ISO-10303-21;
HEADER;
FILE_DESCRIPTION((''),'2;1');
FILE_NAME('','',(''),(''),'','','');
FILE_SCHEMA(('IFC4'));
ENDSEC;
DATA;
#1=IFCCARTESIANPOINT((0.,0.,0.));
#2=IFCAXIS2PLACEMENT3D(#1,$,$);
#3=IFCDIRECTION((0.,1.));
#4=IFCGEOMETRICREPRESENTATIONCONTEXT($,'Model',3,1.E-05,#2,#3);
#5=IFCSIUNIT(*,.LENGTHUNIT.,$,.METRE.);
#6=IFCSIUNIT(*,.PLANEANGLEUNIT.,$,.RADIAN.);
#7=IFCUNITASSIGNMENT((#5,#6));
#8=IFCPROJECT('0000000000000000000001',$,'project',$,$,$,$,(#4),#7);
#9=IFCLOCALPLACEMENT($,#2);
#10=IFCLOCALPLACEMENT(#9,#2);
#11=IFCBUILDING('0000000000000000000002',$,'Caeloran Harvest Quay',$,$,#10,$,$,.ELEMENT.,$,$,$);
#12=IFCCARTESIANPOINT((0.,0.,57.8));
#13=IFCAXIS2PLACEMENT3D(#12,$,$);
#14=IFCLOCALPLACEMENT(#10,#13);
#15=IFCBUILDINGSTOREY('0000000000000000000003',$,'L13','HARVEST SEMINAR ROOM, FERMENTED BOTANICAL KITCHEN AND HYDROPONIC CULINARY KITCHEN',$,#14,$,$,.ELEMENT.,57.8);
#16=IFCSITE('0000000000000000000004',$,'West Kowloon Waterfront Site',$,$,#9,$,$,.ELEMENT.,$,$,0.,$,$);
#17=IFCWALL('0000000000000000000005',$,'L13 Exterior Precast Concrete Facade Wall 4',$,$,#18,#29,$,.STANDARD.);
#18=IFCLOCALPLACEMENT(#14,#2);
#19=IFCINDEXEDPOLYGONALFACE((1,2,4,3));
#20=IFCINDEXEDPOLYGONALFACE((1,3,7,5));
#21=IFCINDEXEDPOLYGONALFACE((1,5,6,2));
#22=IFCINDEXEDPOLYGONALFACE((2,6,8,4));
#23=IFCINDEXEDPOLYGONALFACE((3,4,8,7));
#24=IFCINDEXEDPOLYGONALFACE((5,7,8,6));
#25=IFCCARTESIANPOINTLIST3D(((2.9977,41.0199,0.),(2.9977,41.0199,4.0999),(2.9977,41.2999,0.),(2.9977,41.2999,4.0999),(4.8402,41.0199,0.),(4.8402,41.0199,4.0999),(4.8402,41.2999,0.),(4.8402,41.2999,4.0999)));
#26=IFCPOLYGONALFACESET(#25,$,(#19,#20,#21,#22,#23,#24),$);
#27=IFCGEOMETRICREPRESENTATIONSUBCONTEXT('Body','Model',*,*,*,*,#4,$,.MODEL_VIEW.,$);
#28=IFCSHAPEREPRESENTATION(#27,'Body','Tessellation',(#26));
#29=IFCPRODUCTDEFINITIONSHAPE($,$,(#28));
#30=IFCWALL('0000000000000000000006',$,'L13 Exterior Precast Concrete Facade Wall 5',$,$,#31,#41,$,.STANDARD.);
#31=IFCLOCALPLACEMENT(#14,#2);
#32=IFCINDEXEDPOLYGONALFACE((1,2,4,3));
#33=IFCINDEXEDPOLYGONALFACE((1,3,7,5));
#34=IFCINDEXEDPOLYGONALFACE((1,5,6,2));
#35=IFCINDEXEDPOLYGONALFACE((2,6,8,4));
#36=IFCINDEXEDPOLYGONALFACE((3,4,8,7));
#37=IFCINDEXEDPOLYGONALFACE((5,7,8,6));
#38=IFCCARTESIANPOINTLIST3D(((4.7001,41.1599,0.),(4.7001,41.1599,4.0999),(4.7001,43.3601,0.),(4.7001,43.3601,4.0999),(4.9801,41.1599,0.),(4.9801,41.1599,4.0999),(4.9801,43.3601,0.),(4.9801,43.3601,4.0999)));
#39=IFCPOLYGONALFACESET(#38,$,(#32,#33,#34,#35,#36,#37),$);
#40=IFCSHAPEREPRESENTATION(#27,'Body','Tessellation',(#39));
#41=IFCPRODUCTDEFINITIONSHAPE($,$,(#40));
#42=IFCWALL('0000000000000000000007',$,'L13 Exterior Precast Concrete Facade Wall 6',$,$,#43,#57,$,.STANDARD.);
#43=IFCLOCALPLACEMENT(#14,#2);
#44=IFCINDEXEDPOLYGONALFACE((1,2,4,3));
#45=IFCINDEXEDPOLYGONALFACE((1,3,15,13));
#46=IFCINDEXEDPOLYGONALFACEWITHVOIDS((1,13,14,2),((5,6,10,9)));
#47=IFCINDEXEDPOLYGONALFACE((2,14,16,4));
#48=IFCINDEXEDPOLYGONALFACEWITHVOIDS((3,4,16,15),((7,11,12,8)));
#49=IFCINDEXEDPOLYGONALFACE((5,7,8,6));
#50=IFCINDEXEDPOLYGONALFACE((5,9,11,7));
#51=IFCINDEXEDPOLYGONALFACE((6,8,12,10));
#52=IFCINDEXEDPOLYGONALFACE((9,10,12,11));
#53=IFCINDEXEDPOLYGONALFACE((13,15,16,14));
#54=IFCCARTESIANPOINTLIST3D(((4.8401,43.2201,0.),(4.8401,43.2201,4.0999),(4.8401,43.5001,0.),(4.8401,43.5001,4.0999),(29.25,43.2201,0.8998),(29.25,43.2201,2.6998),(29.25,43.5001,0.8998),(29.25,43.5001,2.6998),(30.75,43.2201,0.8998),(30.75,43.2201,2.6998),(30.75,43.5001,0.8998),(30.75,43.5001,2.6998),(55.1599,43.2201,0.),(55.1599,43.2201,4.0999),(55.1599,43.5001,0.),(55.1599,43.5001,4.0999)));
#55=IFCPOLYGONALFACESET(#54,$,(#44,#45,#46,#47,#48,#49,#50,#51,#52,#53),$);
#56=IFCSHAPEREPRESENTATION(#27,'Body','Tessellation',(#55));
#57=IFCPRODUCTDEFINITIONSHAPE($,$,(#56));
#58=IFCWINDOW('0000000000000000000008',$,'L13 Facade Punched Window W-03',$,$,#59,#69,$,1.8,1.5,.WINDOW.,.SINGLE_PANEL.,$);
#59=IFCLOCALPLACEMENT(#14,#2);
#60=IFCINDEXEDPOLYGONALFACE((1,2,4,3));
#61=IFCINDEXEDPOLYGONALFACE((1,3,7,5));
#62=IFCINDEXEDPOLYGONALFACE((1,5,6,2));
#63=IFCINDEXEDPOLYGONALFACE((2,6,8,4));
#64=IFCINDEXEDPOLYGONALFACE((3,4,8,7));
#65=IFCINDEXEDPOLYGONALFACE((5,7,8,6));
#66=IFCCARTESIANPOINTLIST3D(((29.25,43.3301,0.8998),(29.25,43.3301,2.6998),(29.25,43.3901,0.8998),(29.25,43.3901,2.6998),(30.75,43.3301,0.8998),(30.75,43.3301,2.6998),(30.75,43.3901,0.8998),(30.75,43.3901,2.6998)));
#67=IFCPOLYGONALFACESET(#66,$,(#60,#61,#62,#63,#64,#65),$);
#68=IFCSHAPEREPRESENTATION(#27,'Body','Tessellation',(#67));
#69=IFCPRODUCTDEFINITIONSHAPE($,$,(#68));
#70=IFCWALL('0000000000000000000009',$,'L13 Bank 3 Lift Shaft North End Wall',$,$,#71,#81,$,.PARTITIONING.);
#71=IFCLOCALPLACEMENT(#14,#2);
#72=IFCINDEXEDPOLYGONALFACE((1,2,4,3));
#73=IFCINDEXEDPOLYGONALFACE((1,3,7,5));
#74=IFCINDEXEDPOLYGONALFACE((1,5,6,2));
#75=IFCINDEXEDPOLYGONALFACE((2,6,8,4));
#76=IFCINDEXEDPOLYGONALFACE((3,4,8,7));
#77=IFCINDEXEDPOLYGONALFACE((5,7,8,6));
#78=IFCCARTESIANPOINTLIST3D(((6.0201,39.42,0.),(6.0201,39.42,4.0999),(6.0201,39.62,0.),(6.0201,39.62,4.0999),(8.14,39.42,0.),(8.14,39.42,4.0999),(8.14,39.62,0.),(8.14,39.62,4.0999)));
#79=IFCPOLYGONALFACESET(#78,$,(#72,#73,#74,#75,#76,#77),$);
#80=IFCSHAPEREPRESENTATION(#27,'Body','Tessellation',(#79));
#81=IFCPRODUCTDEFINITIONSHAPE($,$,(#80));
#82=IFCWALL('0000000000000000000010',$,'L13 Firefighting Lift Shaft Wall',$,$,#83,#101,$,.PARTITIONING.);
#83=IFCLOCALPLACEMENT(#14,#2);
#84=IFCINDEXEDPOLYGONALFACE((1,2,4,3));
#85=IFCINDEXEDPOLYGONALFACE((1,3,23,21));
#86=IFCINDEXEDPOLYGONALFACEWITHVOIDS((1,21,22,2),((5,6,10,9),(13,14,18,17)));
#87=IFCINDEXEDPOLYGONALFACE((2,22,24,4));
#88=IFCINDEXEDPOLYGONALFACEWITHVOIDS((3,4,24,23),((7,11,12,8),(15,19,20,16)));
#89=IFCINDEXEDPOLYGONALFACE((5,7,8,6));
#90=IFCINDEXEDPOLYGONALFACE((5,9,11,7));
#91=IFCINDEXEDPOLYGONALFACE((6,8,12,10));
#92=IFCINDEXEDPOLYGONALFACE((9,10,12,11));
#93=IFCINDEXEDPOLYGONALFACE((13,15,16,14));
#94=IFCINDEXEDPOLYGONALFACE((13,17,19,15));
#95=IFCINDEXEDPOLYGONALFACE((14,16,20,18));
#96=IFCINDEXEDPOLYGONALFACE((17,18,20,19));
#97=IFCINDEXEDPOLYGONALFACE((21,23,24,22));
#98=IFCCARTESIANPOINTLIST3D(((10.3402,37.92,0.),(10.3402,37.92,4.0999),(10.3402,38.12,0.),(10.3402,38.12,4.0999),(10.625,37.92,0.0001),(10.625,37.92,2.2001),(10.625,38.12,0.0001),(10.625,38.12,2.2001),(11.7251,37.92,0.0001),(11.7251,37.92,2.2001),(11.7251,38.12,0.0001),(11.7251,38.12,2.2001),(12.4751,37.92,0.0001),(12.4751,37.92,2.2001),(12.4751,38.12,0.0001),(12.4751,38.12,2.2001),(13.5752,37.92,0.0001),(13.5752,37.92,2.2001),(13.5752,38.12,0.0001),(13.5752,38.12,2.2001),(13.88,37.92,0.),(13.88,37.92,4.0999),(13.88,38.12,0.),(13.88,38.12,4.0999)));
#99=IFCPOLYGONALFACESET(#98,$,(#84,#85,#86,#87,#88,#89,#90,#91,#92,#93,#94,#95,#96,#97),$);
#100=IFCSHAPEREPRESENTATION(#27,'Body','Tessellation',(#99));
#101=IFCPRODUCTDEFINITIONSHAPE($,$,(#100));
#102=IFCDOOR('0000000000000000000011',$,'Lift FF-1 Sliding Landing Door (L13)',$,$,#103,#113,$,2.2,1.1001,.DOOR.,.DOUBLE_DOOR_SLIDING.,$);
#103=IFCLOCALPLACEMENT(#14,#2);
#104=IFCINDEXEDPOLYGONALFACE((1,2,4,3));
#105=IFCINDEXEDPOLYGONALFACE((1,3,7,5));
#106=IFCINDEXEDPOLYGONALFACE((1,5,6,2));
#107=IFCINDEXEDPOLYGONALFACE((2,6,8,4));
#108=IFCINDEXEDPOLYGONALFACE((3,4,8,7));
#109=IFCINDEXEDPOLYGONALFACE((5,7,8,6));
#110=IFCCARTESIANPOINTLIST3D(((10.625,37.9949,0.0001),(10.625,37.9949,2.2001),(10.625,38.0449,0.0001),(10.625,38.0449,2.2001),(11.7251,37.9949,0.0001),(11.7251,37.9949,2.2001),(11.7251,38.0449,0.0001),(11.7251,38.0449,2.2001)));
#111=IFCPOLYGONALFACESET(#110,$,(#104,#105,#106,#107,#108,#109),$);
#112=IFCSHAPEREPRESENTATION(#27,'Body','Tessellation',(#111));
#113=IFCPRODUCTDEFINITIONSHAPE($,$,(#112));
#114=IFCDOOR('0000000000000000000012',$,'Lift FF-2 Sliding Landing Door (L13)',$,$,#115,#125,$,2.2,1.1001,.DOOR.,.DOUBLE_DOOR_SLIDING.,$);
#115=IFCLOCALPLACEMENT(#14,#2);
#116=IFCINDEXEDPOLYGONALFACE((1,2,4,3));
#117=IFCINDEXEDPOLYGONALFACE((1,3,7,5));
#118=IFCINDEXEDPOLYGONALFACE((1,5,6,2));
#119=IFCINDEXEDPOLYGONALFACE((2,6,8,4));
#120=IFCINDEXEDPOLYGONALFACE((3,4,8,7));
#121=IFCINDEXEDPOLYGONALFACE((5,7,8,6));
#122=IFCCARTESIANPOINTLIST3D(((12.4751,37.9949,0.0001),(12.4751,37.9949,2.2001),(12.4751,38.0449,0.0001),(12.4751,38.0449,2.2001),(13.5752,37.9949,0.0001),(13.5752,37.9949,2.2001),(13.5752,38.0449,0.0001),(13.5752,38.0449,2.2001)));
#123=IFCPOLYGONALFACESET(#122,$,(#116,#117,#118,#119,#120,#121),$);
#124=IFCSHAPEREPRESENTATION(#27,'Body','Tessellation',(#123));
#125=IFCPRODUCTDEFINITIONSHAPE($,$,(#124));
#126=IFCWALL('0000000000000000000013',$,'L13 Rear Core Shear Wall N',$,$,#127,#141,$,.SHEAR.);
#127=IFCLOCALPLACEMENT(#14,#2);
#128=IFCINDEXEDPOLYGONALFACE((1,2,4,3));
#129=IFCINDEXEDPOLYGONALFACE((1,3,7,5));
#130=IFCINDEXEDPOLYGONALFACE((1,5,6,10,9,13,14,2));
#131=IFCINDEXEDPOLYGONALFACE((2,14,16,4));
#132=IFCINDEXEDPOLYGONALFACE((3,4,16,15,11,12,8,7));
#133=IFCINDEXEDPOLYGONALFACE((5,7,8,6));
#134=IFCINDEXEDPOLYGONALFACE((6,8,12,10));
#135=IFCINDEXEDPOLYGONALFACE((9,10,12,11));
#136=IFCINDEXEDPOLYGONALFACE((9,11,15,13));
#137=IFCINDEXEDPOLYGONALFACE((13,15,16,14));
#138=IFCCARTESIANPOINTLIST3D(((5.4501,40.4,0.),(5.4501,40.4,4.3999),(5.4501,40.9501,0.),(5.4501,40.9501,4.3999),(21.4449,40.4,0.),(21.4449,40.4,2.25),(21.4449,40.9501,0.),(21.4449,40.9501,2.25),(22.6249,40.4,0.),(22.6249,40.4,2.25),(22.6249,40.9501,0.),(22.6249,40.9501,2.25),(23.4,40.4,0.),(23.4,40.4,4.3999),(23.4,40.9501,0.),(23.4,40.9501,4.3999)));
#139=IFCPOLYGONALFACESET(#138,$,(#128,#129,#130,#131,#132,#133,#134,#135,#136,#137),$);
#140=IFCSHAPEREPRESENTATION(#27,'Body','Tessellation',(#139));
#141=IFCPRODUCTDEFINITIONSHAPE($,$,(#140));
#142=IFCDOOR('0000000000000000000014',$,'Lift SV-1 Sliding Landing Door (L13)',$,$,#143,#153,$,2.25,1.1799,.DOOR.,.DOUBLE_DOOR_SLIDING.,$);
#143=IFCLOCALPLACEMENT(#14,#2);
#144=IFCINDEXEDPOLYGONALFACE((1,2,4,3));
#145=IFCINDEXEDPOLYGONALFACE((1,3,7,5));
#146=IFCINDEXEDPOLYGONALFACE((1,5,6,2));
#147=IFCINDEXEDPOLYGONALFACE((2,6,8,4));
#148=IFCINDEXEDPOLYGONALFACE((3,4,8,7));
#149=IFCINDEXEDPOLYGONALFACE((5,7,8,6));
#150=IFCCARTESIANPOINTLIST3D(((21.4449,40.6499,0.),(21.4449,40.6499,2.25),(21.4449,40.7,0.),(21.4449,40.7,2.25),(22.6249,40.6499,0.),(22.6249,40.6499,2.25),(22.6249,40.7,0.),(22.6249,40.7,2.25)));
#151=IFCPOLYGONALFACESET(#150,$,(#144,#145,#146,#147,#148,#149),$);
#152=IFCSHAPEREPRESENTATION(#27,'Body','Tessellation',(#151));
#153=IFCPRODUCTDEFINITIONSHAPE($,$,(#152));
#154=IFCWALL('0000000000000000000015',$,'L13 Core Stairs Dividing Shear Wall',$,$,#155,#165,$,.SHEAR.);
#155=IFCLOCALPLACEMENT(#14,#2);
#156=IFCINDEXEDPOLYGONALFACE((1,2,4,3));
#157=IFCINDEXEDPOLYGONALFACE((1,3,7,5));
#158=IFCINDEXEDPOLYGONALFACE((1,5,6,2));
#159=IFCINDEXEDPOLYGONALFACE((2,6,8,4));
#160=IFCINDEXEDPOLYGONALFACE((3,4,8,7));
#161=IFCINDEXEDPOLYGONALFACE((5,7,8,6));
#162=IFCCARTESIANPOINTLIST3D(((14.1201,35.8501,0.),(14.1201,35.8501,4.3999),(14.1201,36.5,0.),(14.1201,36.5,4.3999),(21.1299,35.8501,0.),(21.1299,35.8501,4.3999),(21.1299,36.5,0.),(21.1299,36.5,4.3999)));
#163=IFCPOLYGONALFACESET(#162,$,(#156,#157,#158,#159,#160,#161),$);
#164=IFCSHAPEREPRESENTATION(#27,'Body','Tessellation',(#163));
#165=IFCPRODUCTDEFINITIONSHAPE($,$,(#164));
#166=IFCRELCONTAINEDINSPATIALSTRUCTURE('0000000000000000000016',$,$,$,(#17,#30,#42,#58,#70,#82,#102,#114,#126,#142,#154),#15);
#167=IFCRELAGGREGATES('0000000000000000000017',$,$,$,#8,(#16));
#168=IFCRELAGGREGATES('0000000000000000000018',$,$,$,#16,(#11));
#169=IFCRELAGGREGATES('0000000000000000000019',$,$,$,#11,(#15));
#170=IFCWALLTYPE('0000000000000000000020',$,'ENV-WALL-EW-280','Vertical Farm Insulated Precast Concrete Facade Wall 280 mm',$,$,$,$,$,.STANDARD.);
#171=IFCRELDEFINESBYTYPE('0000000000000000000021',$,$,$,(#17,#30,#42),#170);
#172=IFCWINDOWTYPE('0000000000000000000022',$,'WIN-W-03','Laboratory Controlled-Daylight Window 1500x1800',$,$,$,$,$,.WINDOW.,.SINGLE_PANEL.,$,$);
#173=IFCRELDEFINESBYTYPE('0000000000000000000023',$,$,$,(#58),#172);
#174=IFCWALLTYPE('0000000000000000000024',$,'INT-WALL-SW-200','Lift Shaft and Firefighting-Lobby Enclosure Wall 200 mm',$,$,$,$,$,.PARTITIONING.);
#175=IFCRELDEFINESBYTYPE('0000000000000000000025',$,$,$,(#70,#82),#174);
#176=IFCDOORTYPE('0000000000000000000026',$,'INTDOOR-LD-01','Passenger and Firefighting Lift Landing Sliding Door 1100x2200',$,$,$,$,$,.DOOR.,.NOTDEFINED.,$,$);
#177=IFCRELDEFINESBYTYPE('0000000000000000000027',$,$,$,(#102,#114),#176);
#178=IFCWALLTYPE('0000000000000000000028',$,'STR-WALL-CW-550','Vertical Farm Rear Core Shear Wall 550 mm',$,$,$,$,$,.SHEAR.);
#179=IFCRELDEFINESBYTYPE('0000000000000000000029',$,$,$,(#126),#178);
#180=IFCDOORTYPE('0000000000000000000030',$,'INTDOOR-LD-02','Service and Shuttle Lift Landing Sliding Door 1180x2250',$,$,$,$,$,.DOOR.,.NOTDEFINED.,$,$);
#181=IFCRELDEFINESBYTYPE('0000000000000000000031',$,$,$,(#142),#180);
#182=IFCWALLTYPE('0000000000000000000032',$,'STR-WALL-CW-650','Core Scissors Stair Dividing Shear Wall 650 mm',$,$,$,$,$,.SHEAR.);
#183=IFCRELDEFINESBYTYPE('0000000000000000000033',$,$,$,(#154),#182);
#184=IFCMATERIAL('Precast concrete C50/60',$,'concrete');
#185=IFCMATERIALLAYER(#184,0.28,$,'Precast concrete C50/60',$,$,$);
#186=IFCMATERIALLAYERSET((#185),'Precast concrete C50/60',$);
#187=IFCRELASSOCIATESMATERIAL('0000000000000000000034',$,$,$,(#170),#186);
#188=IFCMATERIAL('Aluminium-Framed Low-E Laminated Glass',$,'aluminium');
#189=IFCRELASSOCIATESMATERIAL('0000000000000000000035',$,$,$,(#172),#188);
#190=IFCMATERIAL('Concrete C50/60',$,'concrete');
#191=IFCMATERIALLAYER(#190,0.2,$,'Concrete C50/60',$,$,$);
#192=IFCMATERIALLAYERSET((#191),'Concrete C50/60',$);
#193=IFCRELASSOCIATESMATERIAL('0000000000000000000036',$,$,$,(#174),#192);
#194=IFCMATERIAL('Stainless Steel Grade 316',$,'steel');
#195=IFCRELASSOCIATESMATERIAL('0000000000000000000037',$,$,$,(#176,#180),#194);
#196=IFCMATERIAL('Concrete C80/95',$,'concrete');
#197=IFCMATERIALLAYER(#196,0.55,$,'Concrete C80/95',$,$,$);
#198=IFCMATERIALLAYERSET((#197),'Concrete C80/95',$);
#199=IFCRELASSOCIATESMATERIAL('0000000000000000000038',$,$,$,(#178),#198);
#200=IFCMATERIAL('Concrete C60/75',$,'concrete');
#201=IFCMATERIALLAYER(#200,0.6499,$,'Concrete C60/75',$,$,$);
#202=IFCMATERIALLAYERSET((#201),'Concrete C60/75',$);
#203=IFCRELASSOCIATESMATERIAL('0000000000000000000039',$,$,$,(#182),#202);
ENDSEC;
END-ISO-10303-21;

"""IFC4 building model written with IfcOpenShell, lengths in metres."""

from ifc_helpers import new_model, si_unit, direction, frame, frame_2d, origin, place, context, subcontext, project, spatial, rectangle, extrude, material, layer, layer_set, type_object, element, fill, save


model = new_model("IFC4")

# Units and contexts
model_context = context("Model", 3, precision=1e-05, world=origin(), true_north=direction((0.0, 1.0)))
body_context = subcontext(model_context, "Body", "Model", "MODEL_VIEW")
ifc_project = project(units=[si_unit("LENGTHUNIT", "METRE"), si_unit("PLANEANGLEUNIT", "RADIAN")], contexts=[model_context])

# Site, building, storey
site_placement = place(None, origin())
site = spatial("IfcSite", under=ifc_project, at=site_placement, Name="West Kowloon Waterfront Site", CompositionType="ELEMENT", RefElevation=0.0)
building_placement = place(site_placement, origin())
building = spatial("IfcBuilding", under=site, at=building_placement, Name="Caeloran Harvest Quay", CompositionType="ELEMENT")
storey_placement = place(building_placement, frame((0.0, 0.0, 57.8)))
storey = spatial("IfcBuildingStorey", under=building, at=storey_placement, Name="L13", Description="HARVEST SEMINAR ROOM, FERMENTED BOTANICAL KITCHEN AND HYDROPONIC CULINARY KITCHEN", CompositionType="ELEMENT", Elevation=57.8)

# Walls
ifc_material_1 = material(Name="Precast concrete C50/60", Category="concrete")
ifc_layer_1 = layer(ifc_material_1, 0.28, Name="Precast concrete C50/60")
ifc_layer_set_1 = layer_set([ifc_layer_1], Name="Precast concrete C50/60")
wall_type_1 = type_object("IfcWallType", Name="ENV-WALL-EW-280", Description="Vertical Farm Insulated Precast Concrete Facade Wall 280 mm", PredefinedType="STANDARD", material=ifc_layer_set_1)
wall_1_placement = place(storey_placement, frame((2.9976, 41.1599, 0.0), z_axis=(0.0, 0.0, 1.0), x_axis=(1.0, 0.0, 0.0)))
element("IfcWall", 1, at=wall_1_placement, inside=storey, type_object=wall_type_1, Name="L13 Exterior Precast Concrete Facade Wall 4", PredefinedType="STANDARD", context=body_context, shape_type="SweptSolid", body=[
    extrude(rectangle(XDim=1.8425, YDim=0.28, at=frame_2d((0.9214, 0.0))), origin(), (0.0, 0.0, 1.0), 4.0999),
])
wall_2_placement = place(storey_placement, frame((4.8401, 41.1599, 0.0), z_axis=(0.0, 0.0, 1.0), x_axis=(0.0, 1.0, 0.0)))
element("IfcWall", 2, at=wall_2_placement, inside=storey, type_object=wall_type_1, Name="L13 Exterior Precast Concrete Facade Wall 5", PredefinedType="STANDARD", context=body_context, shape_type="SweptSolid", body=[
    extrude(rectangle(XDim=2.2002, YDim=0.28, at=frame_2d((1.1001, 0.0))), origin(), (0.0, 0.0, 1.0), 4.0999),
])

# Wall, opening, window
wall_3_placement = place(storey_placement, frame((4.8401, 43.3601, 0.0), z_axis=(0.0, 0.0, 1.0), x_axis=(1.0, 0.0, 0.0)))
wall_3 = element("IfcWall", 3, at=wall_3_placement, inside=storey, type_object=wall_type_1, Name="L13 Exterior Precast Concrete Facade Wall 6", PredefinedType="STANDARD", context=body_context, shape_type="SweptSolid", body=[
    extrude(rectangle(XDim=50.3198, YDim=0.28, at=frame_2d((25.1599, 0.0))), origin(), (0.0, 0.0, 1.0), 4.0999),
])
opening_1_placement = place(wall_3_placement, frame((24.4099, 0.0, 0.8999)))
opening_1 = element("IfcOpeningElement", 4, at=opening_1_placement, cuts=wall_3, PredefinedType="OPENING", context=body_context, shape_type="SweptSolid", body=[
    extrude(rectangle(XDim=1.5, YDim=1.8, at=frame_2d((0.75, 0.8999))), frame((0.0, 0.1499, 0.0), z_axis=(0.0, -1.0, 0.0), x_axis=(1.0, 0.0, 0.0)), (0.0, 0.0, 1.0), 0.3),
])
ifc_material_2 = material(Name="Aluminium-Framed Low-E Laminated Glass", Category="aluminium")
window_type = type_object("IfcWindowType", Name="WIN-W-03", Description="Laboratory Controlled-Daylight Window 1500x1800", PartitioningType="SINGLE_PANEL", PredefinedType="WINDOW", material=ifc_material_2)
window_placement = place(opening_1_placement, origin())
window = element("IfcWindow", 5, at=window_placement, inside=storey, type_object=window_type, Name="L13 Facade Punched Window W-03", OverallHeight=1.8, OverallWidth=1.5, PartitioningType="SINGLE_PANEL", PredefinedType="WINDOW", context=body_context, shape_type="SweptSolid", body=[
    extrude(rectangle(XDim=1.5, YDim=1.8, at=frame_2d((0.75, 0.8999))), frame((0.0, 0.03, 0.0), z_axis=(0.0, -1.0, 0.0), x_axis=(1.0, 0.0, 0.0)), (0.0, 0.0, 1.0), 0.0601),
])
fill(opening_1, window)

# Wall
ifc_material_3 = material(Name="Concrete C50/60", Category="concrete")
ifc_layer_2 = layer(ifc_material_3, 0.2, Name="Concrete C50/60")
ifc_layer_set_2 = layer_set([ifc_layer_2], Name="Concrete C50/60")
wall_type_2 = type_object("IfcWallType", Name="INT-WALL-SW-200", Description="Lift Shaft and Firefighting-Lobby Enclosure Wall 200 mm", PredefinedType="PARTITIONING", material=ifc_layer_set_2)
wall_4_placement = place(storey_placement, frame((6.02, 39.52, 0.0), z_axis=(0.0, 0.0, 1.0), x_axis=(1.0, 0.0, 0.0)))
element("IfcWall", 6, at=wall_4_placement, inside=storey, type_object=wall_type_2, Name="L13 Bank 3 Lift Shaft North End Wall", PredefinedType="PARTITIONING", context=body_context, shape_type="SweptSolid", body=[
    extrude(rectangle(XDim=2.1199, YDim=0.2, at=frame_2d((1.0601, 0.0))), origin(), (0.0, 0.0, 1.0), 4.0999),
])

# Wall, openings, doors
wall_5_placement = place(storey_placement, frame((10.3401, 38.02, 0.0), z_axis=(0.0, 0.0, 1.0), x_axis=(1.0, 0.0, 0.0)))
wall_5 = element("IfcWall", 7, at=wall_5_placement, inside=storey, type_object=wall_type_2, Name="L13 Firefighting Lift Shaft Wall", PredefinedType="PARTITIONING", context=body_context, shape_type="SweptSolid", body=[
    extrude(rectangle(XDim=3.5398, YDim=0.2, at=frame_2d((1.77, 0.0))), origin(), (0.0, 0.0, 1.0), 4.0999),
])
opening_2_placement = place(wall_5_placement, frame((0.2849, 0.0, 0.0)))
opening_2 = element("IfcOpeningElement", 8, at=opening_2_placement, cuts=wall_5, PredefinedType="OPENING", context=body_context, shape_type="SweptSolid", body=[
    extrude(rectangle(XDim=1.1001, YDim=2.2, at=frame_2d((0.55, 1.1001))), frame((0.0, 0.1099, 0.0), z_axis=(0.0, -1.0, 0.0), x_axis=(1.0, 0.0, 0.0)), (0.0, 0.0, 1.0), 0.22),
])
opening_3_placement = place(wall_5_placement, frame((2.135, 0.0, 0.0)))
opening_3 = element("IfcOpeningElement", 9, at=opening_3_placement, cuts=wall_5, PredefinedType="OPENING", context=body_context, shape_type="SweptSolid", body=[
    extrude(rectangle(XDim=1.1001, YDim=2.2, at=frame_2d((0.55, 1.1001))), frame((0.0, 0.1099, 0.0), z_axis=(0.0, -1.0, 0.0), x_axis=(1.0, 0.0, 0.0)), (0.0, 0.0, 1.0), 0.22),
])
ifc_material_4 = material(Name="Stainless Steel Grade 316", Category="steel")
door_type_1 = type_object("IfcDoorType", Name="INTDOOR-LD-01", Description="Passenger and Firefighting Lift Landing Sliding Door 1100x2200", OperationType="NOTDEFINED", PredefinedType="DOOR", material=ifc_material_4)
door_1_placement = place(opening_2_placement, origin())
door_1 = element("IfcDoor", 10, at=door_1_placement, inside=storey, type_object=door_type_1, Name="Lift FF-1 Sliding Landing Door (L13)", OperationType="DOUBLE_DOOR_SLIDING", OverallHeight=2.2, OverallWidth=1.1001, PredefinedType="DOOR", context=body_context, shape_type="SweptSolid", body=[
    extrude(rectangle(XDim=1.1001, YDim=2.2, at=frame_2d((0.55, 1.1001))), frame((0.0, 0.0249, 0.0), z_axis=(0.0, -1.0, 0.0), x_axis=(1.0, 0.0, 0.0)), (0.0, 0.0, 1.0), 0.05),
])
fill(opening_2, door_1)
door_2_placement = place(opening_3_placement, origin())
door_2 = element("IfcDoor", 11, at=door_2_placement, inside=storey, type_object=door_type_1, Name="Lift FF-2 Sliding Landing Door (L13)", OperationType="DOUBLE_DOOR_SLIDING", OverallHeight=2.2, OverallWidth=1.1001, PredefinedType="DOOR", context=body_context, shape_type="SweptSolid", body=[
    extrude(rectangle(XDim=1.1001, YDim=2.2, at=frame_2d((0.55, 1.1001))), frame((0.0, 0.0249, 0.0), z_axis=(0.0, -1.0, 0.0), x_axis=(1.0, 0.0, 0.0)), (0.0, 0.0, 1.0), 0.05),
])
fill(opening_3, door_2)

# Wall, opening, door
ifc_material_5 = material(Name="Concrete C80/95", Category="concrete")
ifc_layer_3 = layer(ifc_material_5, 0.55, Name="Concrete C80/95")
ifc_layer_set_3 = layer_set([ifc_layer_3], Name="Concrete C80/95")
wall_type_3 = type_object("IfcWallType", Name="STR-WALL-CW-550", Description="Vertical Farm Rear Core Shear Wall 550 mm", PredefinedType="SHEAR", material=ifc_layer_set_3)
wall_6_placement = place(storey_placement, frame((5.45, 40.675, 0.0), z_axis=(0.0, 0.0, 1.0), x_axis=(1.0, 0.0, 0.0)))
wall_6 = element("IfcWall", 12, at=wall_6_placement, inside=storey, type_object=wall_type_3, Name="L13 Rear Core Shear Wall N", PredefinedType="SHEAR", context=body_context, shape_type="SweptSolid", body=[
    extrude(rectangle(XDim=17.95, YDim=0.55, at=frame_2d((8.9751, 0.0))), origin(), (0.0, 0.0, 1.0), 4.3999),
])
opening_4_placement = place(wall_6_placement, frame((15.9951, 0.0, 0.0)))
opening_4 = element("IfcOpeningElement", 13, at=opening_4_placement, cuts=wall_6, PredefinedType="OPENING", context=body_context, shape_type="SweptSolid", body=[
    extrude(rectangle(XDim=1.1799, YDim=2.25, at=frame_2d((0.5898, 1.125))), frame((0.0, 0.2852, 0.0), z_axis=(0.0, -1.0, 0.0), x_axis=(1.0, 0.0, 0.0)), (0.0, 0.0, 1.0), 0.5701),
])
door_type_2 = type_object("IfcDoorType", Name="INTDOOR-LD-02", Description="Service and Shuttle Lift Landing Sliding Door 1180x2250", OperationType="NOTDEFINED", PredefinedType="DOOR", material=ifc_material_4)
door_3_placement = place(opening_4_placement, origin())
door_3 = element("IfcDoor", 14, at=door_3_placement, inside=storey, type_object=door_type_2, Name="Lift SV-1 Sliding Landing Door (L13)", OperationType="DOUBLE_DOOR_SLIDING", OverallHeight=2.25, OverallWidth=1.1799, PredefinedType="DOOR", context=body_context, shape_type="SweptSolid", body=[
    extrude(rectangle(XDim=1.1799, YDim=2.25, at=frame_2d((0.5898, 1.125))), frame((0.0, 0.0249, 0.0), z_axis=(0.0, -1.0, 0.0), x_axis=(1.0, 0.0, 0.0)), (0.0, 0.0, 1.0), 0.05),
])
fill(opening_4, door_3)

# Wall
ifc_material_6 = material(Name="Concrete C60/75", Category="concrete")
ifc_layer_4 = layer(ifc_material_6, 0.6499, Name="Concrete C60/75")
ifc_layer_set_4 = layer_set([ifc_layer_4], Name="Concrete C60/75")
wall_type_4 = type_object("IfcWallType", Name="STR-WALL-CW-650", Description="Core Scissors Stair Dividing Shear Wall 650 mm", PredefinedType="SHEAR", material=ifc_layer_set_4)
wall_7_placement = place(storey_placement, frame((14.1201, 36.175, 0.0), z_axis=(0.0, 0.0, 1.0), x_axis=(1.0, 0.0, 0.0)))
element("IfcWall", 15, at=wall_7_placement, inside=storey, type_object=wall_type_4, Name="L13 Core Stairs Dividing Shear Wall", PredefinedType="SHEAR", context=body_context, shape_type="SweptSolid", body=[
    extrude(rectangle(XDim=7.0098, YDim=0.6499, at=frame_2d((3.5049, 0.0))), origin(), (0.0, 0.0, 1.0), 4.3999),
])

save(model, "model.ifc")
